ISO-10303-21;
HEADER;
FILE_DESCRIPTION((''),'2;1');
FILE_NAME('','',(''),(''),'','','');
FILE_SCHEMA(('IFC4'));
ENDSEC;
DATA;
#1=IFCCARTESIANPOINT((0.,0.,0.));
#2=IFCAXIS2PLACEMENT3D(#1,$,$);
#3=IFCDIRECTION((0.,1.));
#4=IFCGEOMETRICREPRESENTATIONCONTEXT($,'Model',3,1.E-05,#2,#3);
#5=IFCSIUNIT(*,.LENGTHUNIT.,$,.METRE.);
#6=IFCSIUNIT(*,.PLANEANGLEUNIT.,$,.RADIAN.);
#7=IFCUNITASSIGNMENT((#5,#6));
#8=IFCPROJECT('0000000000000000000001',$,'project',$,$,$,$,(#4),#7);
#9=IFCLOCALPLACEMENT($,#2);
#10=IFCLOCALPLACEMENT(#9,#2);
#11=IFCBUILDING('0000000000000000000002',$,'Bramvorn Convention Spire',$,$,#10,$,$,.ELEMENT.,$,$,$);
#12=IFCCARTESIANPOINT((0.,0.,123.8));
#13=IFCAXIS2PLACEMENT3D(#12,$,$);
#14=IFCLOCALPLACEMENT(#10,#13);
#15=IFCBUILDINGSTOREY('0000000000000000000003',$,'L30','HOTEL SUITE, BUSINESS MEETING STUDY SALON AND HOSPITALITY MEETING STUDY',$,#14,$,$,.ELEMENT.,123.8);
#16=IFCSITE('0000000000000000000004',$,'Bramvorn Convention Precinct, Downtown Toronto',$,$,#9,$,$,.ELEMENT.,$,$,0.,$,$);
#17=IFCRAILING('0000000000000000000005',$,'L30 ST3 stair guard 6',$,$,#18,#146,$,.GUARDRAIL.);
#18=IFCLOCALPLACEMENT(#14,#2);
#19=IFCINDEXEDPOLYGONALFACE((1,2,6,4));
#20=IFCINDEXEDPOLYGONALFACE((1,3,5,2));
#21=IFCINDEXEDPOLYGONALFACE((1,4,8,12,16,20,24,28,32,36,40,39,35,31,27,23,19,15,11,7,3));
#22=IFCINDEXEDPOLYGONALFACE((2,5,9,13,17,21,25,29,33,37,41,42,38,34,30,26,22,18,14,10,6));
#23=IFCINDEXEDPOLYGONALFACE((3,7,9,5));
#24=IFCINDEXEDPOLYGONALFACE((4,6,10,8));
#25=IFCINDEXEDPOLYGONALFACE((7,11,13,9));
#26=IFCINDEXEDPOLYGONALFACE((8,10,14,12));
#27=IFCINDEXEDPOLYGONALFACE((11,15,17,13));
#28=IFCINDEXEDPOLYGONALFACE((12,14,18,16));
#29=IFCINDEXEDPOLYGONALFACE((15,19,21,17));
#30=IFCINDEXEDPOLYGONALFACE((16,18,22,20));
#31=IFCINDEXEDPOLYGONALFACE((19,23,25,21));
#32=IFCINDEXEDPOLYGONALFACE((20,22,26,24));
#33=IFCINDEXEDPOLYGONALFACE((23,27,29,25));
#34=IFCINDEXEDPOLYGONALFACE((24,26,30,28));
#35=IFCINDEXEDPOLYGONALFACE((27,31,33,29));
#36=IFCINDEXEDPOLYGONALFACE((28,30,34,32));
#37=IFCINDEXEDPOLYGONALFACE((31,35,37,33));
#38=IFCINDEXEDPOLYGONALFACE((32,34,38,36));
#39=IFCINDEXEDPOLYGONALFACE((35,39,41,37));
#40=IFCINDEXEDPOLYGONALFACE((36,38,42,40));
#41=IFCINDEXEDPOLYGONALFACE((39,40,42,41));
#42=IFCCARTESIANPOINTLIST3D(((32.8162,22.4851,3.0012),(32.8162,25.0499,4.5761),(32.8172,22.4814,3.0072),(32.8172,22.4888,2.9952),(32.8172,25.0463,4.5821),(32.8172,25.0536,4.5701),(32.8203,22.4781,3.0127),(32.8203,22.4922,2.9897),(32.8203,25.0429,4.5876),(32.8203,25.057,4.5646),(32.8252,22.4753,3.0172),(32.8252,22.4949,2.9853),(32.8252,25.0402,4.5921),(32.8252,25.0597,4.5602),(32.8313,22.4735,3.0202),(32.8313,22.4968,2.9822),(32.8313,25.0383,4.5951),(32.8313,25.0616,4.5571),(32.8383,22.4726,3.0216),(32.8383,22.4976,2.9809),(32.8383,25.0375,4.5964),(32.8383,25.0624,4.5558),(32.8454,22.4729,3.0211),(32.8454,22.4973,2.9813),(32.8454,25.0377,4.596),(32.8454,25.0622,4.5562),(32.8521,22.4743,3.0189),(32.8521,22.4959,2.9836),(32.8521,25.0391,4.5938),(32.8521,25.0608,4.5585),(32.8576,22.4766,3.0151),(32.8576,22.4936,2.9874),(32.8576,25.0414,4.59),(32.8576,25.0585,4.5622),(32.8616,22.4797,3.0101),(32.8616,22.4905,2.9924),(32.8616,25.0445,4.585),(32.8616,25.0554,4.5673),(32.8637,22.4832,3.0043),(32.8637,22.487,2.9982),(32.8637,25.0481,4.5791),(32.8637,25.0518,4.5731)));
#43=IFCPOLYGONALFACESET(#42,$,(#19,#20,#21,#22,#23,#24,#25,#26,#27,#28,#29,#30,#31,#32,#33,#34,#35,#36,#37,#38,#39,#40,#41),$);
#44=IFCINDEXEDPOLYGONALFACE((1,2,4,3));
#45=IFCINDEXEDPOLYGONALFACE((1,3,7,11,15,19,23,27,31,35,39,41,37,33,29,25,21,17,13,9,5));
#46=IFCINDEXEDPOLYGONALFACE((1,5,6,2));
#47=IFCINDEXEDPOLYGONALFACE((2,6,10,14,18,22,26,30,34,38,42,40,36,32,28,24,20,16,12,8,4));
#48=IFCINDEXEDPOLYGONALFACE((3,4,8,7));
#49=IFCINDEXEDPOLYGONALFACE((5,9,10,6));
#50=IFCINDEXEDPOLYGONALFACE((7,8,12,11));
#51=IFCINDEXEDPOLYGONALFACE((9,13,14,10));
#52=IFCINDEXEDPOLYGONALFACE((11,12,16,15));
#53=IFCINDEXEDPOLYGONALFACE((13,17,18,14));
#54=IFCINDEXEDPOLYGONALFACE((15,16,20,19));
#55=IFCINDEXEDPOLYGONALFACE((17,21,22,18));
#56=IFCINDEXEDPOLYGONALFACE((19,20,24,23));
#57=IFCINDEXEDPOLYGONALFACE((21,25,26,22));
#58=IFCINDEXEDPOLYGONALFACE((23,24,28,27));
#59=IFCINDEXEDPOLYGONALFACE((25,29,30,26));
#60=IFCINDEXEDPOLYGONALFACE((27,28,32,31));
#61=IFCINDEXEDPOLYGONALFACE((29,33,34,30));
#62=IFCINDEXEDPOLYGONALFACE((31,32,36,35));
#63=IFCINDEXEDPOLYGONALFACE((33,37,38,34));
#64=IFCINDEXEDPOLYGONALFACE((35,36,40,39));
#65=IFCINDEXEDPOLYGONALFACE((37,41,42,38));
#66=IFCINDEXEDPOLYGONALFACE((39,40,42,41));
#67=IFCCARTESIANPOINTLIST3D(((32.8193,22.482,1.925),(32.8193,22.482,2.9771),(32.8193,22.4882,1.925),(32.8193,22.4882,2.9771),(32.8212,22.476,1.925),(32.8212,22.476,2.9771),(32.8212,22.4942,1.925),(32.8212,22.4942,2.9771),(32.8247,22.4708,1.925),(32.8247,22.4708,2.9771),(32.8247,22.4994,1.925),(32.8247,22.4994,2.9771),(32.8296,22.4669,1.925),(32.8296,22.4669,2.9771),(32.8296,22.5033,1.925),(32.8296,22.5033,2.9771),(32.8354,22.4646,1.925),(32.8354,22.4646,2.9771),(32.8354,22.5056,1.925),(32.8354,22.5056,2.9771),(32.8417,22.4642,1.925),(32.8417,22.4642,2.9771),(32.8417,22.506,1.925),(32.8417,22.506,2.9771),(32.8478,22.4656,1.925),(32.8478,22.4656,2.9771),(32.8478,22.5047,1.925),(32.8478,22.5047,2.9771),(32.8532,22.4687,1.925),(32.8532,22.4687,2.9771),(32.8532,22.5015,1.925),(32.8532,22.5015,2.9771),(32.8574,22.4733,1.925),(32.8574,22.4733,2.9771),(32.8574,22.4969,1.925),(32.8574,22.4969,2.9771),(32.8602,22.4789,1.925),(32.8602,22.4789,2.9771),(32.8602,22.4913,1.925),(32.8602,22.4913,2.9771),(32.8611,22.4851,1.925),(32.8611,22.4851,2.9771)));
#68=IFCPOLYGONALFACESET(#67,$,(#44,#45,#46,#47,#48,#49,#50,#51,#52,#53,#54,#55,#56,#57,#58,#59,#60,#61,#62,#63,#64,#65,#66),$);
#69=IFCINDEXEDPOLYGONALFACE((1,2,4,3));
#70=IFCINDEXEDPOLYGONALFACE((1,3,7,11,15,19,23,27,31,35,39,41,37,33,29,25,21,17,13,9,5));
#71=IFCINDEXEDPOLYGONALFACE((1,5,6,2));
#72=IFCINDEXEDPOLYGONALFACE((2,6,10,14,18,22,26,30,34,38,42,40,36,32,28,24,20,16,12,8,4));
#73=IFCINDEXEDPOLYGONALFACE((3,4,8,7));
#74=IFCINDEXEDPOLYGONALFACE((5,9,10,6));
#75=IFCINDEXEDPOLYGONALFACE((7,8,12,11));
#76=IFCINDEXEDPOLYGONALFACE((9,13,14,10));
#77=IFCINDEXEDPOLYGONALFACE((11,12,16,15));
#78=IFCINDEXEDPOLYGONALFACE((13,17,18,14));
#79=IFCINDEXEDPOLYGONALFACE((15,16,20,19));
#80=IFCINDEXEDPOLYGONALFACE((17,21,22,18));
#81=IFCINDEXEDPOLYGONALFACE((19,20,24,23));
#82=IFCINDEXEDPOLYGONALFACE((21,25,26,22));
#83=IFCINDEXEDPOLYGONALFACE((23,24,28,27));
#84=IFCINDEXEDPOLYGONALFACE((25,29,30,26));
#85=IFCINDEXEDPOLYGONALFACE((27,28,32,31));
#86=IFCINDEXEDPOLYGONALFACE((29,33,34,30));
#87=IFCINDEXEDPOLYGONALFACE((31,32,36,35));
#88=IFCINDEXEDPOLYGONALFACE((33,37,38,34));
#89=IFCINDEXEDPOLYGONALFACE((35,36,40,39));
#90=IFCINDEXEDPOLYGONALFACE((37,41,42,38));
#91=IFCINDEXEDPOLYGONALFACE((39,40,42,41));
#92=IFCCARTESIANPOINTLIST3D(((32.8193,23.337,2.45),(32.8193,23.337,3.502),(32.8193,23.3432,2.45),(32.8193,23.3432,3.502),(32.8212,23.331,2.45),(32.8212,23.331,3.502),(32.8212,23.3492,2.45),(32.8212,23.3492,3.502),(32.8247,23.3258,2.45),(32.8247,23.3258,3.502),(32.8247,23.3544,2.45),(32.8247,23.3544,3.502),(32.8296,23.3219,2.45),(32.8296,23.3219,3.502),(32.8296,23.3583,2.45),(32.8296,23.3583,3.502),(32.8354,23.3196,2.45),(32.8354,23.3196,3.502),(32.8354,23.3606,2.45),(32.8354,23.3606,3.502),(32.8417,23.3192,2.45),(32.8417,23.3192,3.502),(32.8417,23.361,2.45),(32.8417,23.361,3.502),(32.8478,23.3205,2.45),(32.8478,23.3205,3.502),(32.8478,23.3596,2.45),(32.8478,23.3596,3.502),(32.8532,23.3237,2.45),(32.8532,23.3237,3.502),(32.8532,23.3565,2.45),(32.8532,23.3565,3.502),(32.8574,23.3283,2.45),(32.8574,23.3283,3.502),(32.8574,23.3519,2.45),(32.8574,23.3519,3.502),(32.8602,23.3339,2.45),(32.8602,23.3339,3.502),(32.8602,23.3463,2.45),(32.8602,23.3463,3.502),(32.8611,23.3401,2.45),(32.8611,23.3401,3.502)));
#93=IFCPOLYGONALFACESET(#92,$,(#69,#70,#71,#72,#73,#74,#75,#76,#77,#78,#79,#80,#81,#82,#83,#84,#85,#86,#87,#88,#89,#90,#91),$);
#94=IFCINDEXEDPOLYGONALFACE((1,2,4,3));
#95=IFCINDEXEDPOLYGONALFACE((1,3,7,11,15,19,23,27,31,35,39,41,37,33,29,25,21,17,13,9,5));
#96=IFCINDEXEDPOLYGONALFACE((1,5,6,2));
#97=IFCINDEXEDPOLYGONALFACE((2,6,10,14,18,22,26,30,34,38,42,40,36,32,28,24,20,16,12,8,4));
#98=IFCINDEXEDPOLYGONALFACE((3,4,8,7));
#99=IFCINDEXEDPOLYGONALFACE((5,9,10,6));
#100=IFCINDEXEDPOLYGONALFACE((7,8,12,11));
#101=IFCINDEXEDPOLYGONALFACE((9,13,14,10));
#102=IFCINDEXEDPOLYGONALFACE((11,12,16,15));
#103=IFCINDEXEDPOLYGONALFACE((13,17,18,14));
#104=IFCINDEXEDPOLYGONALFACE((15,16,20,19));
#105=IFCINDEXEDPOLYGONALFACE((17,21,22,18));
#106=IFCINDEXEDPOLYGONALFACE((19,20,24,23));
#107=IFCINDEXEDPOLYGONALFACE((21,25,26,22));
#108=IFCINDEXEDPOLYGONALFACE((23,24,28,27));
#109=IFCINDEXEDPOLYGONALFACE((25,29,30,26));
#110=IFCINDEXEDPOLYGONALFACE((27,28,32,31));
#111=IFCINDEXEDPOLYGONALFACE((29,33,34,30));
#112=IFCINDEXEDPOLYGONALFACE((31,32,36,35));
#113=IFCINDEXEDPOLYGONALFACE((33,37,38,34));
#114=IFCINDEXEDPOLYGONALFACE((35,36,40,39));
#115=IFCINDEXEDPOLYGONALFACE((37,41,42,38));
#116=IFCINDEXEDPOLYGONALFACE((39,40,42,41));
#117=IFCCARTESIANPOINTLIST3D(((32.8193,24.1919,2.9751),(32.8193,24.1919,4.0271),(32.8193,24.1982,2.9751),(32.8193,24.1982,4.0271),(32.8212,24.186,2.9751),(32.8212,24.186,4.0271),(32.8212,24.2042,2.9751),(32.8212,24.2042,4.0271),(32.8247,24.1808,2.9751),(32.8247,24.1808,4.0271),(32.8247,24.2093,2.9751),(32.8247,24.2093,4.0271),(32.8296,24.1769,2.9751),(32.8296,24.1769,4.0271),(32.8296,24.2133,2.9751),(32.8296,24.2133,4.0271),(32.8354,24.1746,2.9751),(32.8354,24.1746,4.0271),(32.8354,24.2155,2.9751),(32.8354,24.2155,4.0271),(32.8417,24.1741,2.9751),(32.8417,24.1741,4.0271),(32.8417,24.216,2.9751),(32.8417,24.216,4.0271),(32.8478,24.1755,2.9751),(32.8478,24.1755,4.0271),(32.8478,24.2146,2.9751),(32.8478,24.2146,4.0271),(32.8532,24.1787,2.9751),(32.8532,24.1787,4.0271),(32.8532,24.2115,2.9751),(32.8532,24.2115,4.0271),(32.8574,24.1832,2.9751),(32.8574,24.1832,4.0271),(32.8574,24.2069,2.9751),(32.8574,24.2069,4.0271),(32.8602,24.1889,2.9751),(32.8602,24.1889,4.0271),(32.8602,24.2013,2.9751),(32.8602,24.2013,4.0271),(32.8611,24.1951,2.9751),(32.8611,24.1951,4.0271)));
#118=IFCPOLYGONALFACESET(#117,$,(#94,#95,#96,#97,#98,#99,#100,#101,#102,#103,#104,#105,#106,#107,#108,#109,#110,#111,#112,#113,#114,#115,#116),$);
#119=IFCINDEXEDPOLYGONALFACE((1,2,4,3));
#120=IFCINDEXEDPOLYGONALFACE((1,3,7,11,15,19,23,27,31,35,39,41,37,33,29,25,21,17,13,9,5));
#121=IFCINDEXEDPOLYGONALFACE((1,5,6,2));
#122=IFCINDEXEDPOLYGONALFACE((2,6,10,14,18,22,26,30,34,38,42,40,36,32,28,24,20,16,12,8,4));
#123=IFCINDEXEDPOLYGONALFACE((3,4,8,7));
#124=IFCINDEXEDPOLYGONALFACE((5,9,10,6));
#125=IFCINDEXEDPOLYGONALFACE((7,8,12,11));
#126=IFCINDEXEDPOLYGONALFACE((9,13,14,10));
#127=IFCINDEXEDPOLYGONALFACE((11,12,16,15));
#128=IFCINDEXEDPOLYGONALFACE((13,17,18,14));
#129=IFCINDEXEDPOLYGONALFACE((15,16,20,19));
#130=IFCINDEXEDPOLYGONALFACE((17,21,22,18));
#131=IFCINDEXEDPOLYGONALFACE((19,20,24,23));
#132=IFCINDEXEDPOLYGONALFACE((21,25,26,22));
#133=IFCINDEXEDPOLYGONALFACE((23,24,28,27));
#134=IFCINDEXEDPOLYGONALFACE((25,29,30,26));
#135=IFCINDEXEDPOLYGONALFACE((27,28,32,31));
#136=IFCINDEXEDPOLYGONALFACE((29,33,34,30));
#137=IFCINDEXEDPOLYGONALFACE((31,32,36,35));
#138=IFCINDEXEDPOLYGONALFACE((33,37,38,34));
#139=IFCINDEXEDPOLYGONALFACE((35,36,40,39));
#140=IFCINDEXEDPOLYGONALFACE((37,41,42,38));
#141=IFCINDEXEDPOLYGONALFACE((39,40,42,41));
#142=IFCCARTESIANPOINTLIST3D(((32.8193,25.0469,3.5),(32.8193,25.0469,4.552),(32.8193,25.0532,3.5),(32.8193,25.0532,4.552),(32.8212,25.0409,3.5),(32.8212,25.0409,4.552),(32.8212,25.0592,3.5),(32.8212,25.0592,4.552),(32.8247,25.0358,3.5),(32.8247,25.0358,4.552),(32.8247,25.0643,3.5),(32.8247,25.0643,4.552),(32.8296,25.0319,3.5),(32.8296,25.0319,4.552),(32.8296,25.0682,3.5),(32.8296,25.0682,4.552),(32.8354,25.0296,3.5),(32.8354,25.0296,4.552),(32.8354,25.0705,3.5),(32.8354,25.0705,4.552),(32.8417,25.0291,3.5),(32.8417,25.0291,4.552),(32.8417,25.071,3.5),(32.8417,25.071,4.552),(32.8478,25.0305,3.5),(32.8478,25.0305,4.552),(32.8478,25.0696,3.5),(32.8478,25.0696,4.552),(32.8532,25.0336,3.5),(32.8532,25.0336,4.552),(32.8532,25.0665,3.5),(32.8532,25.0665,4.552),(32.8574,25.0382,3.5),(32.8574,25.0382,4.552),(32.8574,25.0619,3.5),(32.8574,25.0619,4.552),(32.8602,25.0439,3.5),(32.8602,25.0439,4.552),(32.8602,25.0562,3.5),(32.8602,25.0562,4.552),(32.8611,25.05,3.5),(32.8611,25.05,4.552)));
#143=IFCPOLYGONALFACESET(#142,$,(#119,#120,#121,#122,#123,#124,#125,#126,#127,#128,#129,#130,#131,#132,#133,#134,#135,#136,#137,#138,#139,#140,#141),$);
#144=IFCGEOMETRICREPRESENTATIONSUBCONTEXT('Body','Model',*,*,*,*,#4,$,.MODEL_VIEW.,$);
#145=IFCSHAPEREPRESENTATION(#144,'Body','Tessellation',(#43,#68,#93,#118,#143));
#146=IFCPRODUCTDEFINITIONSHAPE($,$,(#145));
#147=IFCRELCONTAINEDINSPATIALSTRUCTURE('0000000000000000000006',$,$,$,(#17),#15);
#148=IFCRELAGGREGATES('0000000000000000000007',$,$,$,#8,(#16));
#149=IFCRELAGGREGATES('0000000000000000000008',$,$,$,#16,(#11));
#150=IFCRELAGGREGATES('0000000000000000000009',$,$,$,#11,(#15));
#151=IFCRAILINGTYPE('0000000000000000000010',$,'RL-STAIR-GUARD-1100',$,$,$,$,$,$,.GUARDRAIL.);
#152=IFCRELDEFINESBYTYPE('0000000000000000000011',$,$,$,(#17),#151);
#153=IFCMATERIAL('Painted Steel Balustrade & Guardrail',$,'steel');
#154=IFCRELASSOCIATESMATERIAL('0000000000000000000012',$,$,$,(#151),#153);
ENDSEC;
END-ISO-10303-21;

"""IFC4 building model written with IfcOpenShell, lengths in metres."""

from ifc_helpers import new_model, si_unit, direction, frame, origin, origin_2d, place, context, subcontext, project, spatial, circle, extrude, material, type_object, element, save


model = new_model("IFC4")

# Units and contexts
model_context = context("Model", 3, precision=1e-05, world=origin(), true_north=direction((0.0, 1.0)))
body_context = subcontext(model_context, "Body", "Model", "MODEL_VIEW")
ifc_project = project(units=[si_unit("LENGTHUNIT", "METRE"), si_unit("PLANEANGLEUNIT", "RADIAN")], contexts=[model_context])

# Site, building, storey
site_placement = place(None, origin())
site = spatial("IfcSite", under=ifc_project, at=site_placement, Name="Bramvorn Convention Precinct, Downtown Toronto", CompositionType="ELEMENT", RefElevation=0.0)
building_placement = place(site_placement, origin())
building = spatial("IfcBuilding", under=site, at=building_placement, Name="Bramvorn Convention Spire", CompositionType="ELEMENT")
storey_placement = place(building_placement, frame((0.0, 0.0, 123.8)))
storey = spatial("IfcBuildingStorey", under=building, at=storey_placement, Name="L30", Description="HOTEL SUITE, BUSINESS MEETING STUDY SALON AND HOSPITALITY MEETING STUDY", CompositionType="ELEMENT", Elevation=123.8)

# Railing
ifc_material_1 = material(Name="Painted Steel Balustrade & Guardrail", Category="steel")
railing_type_1 = type_object("IfcRailingType", Name="RL-STAIR-GUARD-1100", PredefinedType="GUARDRAIL", material=ifc_material_1)
railing_1_placement = place(storey_placement, frame((32.8401, 22.4851, 1.925)))
element("IfcRailing", 1, at=railing_1_placement, inside=storey, type_object=railing_type_1, Name="L30 ST3 stair guard 6", PredefinedType="GUARDRAIL", context=body_context, shape_type="SweptSolid", body=[
    extrude(circle(Radius=0.0239, at=origin_2d()), frame((0.0, 0.0, 1.0762), z_axis=(0.0, 0.852173, 0.52326), x_axis=(-1.0, 0.0, 0.0)), (0.0, 0.0, 1.0), 3.0098),
    extrude(circle(Radius=0.021, at=origin_2d()), origin(), (0.0, 0.0, 1.0), 1.052),
    extrude(circle(Radius=0.021, at=origin_2d()), frame((0.0, 0.855, 0.5249)), (0.0, 0.0, 1.0), 1.052),
    extrude(circle(Radius=0.021, at=origin_2d()), frame((0.0, 1.71, 1.05)), (0.0, 0.0, 1.0), 1.052),
    extrude(circle(Radius=0.021, at=origin_2d()), frame((0.0, 2.5649, 1.575)), (0.0, 0.0, 1.0), 1.052),
])

save(model, "model.ifc")
